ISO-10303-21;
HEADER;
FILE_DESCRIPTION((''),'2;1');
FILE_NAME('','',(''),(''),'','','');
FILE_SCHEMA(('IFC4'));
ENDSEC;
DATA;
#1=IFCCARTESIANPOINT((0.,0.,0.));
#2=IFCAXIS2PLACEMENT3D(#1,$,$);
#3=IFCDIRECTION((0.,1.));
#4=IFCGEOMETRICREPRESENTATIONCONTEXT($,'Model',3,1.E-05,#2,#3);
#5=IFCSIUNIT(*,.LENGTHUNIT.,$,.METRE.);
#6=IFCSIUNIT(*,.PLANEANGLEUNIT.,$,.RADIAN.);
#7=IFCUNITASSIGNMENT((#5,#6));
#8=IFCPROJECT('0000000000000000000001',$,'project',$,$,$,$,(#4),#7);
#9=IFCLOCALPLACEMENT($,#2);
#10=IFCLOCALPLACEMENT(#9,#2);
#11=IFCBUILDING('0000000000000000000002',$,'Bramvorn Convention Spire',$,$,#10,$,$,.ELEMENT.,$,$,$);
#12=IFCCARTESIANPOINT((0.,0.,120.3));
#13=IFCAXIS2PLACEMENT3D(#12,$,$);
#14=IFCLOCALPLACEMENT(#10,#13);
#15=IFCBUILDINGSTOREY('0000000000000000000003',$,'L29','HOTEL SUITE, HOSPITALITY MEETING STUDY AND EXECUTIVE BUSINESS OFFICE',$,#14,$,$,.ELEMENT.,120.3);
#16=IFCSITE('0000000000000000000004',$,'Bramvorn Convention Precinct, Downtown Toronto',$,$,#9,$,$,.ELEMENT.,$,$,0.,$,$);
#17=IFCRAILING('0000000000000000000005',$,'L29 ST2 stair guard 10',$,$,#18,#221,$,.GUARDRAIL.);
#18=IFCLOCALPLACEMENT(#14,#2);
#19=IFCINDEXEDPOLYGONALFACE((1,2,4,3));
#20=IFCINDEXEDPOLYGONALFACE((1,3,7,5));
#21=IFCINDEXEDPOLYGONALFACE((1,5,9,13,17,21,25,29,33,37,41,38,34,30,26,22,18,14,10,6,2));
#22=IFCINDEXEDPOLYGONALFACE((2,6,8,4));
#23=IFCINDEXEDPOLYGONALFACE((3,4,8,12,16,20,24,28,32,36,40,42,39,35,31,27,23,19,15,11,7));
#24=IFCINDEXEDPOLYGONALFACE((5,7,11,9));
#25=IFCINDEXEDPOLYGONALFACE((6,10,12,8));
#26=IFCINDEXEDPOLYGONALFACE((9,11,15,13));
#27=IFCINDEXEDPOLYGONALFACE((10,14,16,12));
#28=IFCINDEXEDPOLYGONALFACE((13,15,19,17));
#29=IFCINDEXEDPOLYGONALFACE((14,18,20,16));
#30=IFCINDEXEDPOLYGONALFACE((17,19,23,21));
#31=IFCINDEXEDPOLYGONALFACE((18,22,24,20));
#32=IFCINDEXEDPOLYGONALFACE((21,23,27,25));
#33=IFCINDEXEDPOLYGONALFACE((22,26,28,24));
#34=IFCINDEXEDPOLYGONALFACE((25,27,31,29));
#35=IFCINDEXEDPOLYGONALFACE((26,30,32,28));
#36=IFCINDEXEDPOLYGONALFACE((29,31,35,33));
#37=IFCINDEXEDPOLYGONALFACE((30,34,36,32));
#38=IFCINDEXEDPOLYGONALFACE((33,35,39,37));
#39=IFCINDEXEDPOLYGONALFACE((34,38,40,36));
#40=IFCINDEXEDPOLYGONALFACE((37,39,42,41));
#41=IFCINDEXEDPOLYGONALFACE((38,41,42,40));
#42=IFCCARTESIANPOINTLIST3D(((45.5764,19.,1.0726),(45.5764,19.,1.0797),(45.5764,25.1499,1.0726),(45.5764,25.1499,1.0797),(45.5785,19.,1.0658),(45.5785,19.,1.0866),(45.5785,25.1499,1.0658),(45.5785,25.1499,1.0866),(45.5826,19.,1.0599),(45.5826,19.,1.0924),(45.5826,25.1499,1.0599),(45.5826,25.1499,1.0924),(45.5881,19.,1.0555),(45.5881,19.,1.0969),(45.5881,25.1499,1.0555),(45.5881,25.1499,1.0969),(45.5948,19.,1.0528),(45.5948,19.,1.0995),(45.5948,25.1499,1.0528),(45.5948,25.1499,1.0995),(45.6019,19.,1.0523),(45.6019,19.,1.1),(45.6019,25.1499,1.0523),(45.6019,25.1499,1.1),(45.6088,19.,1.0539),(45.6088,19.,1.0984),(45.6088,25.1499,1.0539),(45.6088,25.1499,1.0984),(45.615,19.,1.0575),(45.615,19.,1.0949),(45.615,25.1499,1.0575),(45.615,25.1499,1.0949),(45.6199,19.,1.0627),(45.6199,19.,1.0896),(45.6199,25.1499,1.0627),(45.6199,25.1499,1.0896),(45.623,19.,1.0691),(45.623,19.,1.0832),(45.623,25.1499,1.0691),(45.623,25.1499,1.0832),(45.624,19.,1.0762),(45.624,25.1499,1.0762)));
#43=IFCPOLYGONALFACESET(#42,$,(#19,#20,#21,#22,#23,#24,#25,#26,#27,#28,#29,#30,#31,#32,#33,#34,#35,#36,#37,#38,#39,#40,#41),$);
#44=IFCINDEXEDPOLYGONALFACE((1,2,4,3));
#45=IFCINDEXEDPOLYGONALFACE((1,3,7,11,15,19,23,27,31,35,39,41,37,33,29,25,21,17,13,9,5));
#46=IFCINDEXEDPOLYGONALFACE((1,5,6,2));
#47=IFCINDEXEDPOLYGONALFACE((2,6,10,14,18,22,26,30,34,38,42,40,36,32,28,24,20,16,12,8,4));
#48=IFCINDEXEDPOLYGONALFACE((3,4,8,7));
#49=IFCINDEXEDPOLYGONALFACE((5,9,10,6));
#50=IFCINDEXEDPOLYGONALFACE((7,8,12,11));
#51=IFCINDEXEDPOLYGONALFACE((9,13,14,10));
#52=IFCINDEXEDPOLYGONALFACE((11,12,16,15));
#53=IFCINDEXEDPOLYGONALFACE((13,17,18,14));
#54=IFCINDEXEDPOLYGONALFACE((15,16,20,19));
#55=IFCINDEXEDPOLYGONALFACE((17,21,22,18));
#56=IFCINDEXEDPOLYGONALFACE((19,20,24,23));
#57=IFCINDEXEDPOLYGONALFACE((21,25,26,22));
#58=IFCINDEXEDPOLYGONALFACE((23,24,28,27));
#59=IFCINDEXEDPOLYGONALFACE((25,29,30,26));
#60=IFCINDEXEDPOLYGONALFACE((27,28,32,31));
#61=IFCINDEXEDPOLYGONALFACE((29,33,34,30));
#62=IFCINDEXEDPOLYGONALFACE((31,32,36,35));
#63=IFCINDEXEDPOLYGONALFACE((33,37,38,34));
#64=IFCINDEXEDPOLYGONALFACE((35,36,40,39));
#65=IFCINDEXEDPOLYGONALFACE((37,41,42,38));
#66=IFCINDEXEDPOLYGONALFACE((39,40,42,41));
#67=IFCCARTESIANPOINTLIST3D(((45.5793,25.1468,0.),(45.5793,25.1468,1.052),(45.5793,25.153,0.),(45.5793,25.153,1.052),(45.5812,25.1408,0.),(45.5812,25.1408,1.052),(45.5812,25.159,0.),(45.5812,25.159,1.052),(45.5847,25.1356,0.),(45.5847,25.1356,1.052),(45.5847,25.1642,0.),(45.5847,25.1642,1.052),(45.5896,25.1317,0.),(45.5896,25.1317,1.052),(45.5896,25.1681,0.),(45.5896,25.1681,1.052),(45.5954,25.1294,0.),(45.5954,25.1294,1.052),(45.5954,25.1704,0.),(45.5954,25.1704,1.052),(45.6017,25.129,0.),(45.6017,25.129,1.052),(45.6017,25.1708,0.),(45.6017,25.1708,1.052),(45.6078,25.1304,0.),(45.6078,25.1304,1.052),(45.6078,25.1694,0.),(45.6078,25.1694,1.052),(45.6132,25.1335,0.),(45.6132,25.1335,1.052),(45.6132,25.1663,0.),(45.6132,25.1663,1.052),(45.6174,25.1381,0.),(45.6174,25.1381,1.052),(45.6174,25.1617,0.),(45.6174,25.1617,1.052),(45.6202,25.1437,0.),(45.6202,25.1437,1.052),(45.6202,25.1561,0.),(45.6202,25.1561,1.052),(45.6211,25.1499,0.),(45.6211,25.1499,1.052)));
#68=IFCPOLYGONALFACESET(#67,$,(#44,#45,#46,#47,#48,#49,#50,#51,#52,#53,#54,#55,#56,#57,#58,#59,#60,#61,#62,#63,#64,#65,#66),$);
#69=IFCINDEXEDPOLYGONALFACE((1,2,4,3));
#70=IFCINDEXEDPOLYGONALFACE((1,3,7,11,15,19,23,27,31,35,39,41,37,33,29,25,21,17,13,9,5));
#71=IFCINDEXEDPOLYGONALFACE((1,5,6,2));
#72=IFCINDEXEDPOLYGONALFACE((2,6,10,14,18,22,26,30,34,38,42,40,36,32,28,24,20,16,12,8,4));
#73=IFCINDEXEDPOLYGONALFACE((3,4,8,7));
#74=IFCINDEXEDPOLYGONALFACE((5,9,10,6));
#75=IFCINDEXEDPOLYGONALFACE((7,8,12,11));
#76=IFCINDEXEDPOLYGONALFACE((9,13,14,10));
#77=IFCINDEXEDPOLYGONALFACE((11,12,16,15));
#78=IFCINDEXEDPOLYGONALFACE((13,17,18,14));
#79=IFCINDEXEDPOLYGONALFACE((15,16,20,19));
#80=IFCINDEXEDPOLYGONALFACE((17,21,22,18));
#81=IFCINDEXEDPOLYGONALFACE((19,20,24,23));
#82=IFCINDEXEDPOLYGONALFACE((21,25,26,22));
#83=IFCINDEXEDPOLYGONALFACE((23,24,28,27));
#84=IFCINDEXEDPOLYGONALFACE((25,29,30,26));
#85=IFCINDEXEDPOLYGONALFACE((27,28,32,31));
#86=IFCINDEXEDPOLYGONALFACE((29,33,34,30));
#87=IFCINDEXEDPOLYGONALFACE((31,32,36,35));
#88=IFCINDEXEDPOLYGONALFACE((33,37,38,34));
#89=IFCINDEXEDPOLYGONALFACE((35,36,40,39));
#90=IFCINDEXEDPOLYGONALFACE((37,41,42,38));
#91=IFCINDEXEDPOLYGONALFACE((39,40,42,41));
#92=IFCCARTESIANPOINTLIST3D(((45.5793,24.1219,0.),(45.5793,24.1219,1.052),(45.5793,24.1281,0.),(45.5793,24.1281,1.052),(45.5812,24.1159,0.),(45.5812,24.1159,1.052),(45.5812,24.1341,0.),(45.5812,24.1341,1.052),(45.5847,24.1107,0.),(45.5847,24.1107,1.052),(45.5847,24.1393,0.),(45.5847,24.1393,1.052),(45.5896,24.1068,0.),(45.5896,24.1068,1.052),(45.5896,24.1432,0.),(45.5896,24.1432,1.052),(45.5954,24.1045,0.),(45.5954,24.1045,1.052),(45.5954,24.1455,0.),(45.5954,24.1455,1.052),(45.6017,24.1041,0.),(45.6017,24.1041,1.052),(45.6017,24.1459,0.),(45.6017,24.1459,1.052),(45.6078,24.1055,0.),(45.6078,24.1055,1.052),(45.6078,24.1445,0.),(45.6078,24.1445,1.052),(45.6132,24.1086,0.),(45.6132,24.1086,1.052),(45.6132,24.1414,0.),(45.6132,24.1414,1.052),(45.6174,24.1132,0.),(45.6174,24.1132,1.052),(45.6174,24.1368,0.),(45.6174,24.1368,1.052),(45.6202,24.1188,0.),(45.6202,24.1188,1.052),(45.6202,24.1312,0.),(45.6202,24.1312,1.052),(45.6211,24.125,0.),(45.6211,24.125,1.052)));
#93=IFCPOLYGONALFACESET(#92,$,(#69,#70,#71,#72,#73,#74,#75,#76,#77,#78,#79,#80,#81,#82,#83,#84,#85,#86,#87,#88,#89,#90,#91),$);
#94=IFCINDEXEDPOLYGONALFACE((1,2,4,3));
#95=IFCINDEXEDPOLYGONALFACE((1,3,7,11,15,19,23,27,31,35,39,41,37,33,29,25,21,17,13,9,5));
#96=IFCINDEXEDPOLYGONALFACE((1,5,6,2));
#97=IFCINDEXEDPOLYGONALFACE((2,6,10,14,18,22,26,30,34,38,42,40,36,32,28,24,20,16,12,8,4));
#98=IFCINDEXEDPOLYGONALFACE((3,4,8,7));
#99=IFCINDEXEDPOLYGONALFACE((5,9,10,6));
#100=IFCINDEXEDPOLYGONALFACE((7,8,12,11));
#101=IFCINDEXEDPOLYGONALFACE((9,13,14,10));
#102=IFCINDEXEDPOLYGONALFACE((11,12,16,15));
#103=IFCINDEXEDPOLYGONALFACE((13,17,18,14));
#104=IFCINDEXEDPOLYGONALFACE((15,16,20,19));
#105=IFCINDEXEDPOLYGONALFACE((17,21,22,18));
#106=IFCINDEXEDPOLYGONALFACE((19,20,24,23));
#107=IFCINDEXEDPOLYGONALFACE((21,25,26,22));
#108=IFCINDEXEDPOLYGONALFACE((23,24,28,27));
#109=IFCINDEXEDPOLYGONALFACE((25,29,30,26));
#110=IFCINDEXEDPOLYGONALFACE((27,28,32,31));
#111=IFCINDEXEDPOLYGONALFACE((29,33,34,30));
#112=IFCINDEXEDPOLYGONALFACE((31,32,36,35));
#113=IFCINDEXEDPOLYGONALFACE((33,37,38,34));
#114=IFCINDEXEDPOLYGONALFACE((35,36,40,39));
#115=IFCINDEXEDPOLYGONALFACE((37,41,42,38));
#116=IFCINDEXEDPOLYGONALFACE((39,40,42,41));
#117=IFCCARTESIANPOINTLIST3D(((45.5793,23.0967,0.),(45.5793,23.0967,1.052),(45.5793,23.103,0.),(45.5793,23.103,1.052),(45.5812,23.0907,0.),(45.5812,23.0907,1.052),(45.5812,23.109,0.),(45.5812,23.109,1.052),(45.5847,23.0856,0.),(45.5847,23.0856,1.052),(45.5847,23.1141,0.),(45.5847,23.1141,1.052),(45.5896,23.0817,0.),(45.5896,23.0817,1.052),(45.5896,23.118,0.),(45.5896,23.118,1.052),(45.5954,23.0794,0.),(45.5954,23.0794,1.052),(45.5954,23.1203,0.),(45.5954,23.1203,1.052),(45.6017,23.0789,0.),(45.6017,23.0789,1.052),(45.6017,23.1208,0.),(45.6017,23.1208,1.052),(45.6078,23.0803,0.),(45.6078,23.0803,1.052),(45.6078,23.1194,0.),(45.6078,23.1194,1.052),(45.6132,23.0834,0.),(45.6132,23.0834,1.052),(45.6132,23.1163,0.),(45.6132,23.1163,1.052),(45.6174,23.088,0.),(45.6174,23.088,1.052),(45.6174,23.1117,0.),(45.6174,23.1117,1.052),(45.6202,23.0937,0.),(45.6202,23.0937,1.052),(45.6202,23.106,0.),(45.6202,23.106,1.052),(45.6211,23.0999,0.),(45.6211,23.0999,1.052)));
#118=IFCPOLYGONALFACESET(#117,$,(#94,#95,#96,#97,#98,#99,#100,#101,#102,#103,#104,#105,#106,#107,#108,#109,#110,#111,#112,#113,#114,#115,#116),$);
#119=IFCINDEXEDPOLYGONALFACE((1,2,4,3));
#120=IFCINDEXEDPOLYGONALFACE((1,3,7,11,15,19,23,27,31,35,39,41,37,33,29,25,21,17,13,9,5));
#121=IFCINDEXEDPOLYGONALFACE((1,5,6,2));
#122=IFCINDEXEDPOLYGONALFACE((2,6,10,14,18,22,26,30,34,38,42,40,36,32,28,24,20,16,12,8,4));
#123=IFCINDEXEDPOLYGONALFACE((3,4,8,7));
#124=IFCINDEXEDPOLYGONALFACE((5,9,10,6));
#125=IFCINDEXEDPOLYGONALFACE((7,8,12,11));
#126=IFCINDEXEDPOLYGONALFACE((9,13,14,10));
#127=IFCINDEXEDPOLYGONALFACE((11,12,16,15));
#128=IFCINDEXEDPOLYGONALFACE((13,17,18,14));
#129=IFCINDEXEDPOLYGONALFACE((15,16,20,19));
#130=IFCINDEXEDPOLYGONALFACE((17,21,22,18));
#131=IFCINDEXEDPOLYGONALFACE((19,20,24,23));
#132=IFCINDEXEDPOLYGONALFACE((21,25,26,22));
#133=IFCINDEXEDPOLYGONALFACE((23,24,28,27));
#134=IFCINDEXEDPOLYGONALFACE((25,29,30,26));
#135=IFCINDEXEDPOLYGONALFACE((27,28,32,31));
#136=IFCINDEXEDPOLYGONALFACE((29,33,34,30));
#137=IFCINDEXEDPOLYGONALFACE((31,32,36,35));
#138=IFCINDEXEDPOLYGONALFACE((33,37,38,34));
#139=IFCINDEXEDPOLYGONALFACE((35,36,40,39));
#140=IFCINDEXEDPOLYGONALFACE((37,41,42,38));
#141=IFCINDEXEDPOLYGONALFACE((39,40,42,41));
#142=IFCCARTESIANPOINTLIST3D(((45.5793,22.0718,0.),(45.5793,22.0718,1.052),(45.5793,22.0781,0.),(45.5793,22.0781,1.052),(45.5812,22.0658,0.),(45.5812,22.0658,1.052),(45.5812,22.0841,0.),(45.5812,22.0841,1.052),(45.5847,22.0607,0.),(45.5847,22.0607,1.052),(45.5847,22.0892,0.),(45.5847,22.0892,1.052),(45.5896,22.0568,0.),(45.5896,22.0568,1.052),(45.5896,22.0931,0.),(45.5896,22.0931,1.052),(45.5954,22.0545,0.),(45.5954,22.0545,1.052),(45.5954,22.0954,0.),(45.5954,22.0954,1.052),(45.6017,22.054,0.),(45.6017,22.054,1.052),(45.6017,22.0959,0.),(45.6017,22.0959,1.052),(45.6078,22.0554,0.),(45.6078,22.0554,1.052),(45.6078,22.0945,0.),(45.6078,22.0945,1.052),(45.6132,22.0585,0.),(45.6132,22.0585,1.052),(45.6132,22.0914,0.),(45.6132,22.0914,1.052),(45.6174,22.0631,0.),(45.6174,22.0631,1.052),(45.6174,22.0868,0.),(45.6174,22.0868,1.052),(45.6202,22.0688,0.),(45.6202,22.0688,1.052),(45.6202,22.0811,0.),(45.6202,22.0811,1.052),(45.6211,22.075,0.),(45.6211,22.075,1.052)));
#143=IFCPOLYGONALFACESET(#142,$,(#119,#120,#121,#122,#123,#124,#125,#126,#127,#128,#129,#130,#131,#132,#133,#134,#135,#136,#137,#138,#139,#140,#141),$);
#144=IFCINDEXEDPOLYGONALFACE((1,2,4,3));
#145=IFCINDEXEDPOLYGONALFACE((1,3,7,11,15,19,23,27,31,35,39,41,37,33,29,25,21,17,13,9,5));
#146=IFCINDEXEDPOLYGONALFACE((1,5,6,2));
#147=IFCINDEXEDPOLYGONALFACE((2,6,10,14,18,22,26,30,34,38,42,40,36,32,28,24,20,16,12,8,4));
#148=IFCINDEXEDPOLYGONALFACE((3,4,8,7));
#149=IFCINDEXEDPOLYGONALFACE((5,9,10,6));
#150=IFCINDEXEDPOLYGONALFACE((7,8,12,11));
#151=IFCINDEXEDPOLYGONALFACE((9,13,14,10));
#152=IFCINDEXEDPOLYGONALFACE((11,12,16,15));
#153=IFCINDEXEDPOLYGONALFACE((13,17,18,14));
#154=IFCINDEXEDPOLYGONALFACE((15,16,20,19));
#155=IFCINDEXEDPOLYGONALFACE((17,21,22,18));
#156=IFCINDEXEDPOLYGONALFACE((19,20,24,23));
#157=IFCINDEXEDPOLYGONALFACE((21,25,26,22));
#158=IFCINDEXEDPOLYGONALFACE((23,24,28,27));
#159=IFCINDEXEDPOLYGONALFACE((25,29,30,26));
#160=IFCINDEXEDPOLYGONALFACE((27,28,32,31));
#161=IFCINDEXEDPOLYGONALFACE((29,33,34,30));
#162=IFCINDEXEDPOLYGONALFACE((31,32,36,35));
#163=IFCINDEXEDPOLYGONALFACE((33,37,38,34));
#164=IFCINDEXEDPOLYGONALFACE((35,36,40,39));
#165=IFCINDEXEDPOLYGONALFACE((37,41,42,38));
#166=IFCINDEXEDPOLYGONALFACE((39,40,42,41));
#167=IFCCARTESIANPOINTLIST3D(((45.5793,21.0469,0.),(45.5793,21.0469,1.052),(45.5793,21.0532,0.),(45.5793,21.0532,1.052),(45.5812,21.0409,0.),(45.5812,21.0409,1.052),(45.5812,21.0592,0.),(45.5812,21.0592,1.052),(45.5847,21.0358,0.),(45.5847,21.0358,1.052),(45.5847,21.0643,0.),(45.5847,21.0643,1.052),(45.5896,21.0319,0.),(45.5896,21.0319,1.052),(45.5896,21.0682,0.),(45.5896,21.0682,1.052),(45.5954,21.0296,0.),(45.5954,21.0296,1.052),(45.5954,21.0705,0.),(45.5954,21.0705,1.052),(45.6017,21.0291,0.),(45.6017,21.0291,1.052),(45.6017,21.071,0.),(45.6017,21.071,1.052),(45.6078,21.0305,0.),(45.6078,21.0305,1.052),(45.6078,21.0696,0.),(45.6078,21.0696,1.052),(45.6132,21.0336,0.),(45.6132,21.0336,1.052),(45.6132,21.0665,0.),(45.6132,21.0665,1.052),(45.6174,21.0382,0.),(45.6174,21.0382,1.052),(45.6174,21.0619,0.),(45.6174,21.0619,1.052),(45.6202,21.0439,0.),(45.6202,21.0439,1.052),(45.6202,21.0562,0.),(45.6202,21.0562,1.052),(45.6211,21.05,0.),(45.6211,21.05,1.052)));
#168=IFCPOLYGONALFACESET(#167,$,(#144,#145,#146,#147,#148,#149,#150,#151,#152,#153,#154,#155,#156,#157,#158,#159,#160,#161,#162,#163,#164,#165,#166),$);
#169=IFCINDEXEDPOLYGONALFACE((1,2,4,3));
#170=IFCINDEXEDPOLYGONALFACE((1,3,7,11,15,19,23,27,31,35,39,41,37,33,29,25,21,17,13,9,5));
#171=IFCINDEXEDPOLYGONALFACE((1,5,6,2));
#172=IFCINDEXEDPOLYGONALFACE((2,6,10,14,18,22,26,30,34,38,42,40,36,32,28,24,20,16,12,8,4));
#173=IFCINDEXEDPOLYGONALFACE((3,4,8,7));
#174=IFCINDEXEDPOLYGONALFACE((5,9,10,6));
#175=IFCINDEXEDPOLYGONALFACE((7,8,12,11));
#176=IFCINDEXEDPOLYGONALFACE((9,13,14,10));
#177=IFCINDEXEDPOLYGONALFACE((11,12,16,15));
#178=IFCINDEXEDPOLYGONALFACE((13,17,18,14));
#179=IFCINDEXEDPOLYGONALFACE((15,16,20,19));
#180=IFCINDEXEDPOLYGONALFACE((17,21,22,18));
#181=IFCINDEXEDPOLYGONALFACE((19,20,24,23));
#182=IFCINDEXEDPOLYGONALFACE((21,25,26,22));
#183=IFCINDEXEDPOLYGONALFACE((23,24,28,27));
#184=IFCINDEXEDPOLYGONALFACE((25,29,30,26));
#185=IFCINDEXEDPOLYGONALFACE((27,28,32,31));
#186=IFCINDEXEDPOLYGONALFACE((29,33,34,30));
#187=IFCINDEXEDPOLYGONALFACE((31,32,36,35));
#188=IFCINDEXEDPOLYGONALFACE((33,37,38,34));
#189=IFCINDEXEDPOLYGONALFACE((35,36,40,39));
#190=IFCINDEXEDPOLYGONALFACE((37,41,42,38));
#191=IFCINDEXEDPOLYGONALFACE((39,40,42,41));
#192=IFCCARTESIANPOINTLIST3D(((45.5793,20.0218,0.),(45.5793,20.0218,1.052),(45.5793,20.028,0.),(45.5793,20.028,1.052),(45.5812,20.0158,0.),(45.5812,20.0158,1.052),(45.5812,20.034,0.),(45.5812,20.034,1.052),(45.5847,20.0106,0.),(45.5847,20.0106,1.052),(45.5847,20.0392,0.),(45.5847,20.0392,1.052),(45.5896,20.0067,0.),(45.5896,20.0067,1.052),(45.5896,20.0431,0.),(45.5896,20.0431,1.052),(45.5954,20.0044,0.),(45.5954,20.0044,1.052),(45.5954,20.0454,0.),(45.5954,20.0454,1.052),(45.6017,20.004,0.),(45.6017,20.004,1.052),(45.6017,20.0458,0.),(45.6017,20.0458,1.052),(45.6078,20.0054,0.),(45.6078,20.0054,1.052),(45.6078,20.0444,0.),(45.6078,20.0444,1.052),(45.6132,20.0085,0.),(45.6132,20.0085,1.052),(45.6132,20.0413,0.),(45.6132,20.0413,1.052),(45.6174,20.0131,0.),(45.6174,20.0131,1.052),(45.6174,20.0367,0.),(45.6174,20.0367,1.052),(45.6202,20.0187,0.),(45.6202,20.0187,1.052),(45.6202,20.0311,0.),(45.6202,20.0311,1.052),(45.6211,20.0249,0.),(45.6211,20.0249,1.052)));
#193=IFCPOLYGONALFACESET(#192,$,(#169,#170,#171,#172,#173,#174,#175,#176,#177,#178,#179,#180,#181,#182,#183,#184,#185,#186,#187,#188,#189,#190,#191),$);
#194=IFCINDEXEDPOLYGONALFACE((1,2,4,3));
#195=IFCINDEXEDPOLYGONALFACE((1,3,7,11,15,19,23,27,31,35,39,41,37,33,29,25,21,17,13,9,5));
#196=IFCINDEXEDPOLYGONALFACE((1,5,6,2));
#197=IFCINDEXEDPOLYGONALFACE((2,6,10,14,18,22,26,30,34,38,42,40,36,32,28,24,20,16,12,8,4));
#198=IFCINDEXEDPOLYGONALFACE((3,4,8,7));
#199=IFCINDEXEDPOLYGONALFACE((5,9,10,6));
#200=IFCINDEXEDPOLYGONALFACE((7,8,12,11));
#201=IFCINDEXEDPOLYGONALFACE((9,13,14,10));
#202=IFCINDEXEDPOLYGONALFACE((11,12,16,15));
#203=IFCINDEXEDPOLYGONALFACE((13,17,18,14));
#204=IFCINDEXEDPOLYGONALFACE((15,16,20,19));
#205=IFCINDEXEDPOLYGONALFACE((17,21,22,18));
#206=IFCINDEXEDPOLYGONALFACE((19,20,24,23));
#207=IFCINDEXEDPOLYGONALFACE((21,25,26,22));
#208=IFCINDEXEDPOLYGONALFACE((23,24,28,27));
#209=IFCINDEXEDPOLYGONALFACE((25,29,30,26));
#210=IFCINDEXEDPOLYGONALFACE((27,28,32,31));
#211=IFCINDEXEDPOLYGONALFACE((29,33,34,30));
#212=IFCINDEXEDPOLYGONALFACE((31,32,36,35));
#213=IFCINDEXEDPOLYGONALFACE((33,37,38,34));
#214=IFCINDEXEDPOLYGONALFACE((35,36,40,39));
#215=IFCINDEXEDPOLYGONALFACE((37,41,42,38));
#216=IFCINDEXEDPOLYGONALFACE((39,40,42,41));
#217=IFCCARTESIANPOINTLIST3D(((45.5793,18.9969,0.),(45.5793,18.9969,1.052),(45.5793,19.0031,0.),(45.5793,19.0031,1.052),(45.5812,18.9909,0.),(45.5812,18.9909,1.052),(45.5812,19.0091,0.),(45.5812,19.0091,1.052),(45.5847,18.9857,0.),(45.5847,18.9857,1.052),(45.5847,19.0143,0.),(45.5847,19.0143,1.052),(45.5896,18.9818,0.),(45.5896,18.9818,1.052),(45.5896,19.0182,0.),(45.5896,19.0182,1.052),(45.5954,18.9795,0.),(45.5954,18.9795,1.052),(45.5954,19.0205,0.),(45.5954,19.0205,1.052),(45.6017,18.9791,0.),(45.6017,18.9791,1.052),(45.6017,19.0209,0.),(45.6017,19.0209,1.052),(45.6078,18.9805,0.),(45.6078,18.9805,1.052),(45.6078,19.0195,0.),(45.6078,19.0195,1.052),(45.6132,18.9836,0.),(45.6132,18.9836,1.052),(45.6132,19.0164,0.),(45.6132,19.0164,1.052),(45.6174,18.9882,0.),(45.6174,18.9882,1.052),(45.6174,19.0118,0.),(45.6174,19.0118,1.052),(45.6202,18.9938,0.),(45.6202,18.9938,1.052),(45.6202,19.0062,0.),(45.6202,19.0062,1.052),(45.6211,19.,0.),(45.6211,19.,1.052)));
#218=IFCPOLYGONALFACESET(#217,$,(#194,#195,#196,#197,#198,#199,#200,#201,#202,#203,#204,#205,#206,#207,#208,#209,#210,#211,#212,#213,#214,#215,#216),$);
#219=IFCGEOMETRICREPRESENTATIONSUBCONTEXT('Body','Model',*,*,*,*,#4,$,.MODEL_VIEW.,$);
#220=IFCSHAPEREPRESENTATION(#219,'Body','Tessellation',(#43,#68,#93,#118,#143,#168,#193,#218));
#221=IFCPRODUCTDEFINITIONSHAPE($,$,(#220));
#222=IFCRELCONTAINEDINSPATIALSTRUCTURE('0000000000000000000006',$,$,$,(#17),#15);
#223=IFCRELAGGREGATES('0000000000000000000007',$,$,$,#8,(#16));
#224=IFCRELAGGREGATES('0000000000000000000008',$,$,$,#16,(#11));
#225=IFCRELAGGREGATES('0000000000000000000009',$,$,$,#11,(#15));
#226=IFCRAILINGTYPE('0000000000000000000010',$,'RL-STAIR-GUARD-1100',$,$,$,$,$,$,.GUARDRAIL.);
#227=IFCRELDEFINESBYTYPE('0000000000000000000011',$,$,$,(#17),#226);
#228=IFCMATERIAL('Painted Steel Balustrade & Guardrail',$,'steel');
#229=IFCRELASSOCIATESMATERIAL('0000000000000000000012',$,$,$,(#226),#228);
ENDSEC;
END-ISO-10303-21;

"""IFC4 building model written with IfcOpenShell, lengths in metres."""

from ifc_helpers import new_model, si_unit, direction, frame, origin, origin_2d, place, context, subcontext, project, spatial, circle, extrude, material, type_object, element, save


model = new_model("IFC4")

# Units and contexts
model_context = context("Model", 3, precision=1e-05, world=origin(), true_north=direction((0.0, 1.0)))
body_context = subcontext(model_context, "Body", "Model", "MODEL_VIEW")
ifc_project = project(units=[si_unit("LENGTHUNIT", "METRE"), si_unit("PLANEANGLEUNIT", "RADIAN")], contexts=[model_context])

# Site, building, storey
site_placement = place(None, origin())
site = spatial("IfcSite", under=ifc_project, at=site_placement, Name="Bramvorn Convention Precinct, Downtown Toronto", CompositionType="ELEMENT", RefElevation=0.0)
building_placement = place(site_placement, origin())
building = spatial("IfcBuilding", under=site, at=building_placement, Name="Bramvorn Convention Spire", CompositionType="ELEMENT")
storey_placement = place(building_placement, frame((0.0, 0.0, 120.3)))
storey = spatial("IfcBuildingStorey", under=building, at=storey_placement, Name="L29", Description="HOTEL SUITE, HOSPITALITY MEETING STUDY AND EXECUTIVE BUSINESS OFFICE", CompositionType="ELEMENT", Elevation=120.3)

# Railing
ifc_material_1 = material(Name="Painted Steel Balustrade & Guardrail", Category="steel")
railing_type_1 = type_object("IfcRailingType", Name="RL-STAIR-GUARD-1100", PredefinedType="GUARDRAIL", material=ifc_material_1)
railing_1_placement = place(storey_placement, frame((45.6001, 25.1499, 0.0)))
element("IfcRailing", 1, at=railing_1_placement, inside=storey, type_object=railing_type_1, Name="L29 ST2 stair guard 10", PredefinedType="GUARDRAIL", context=body_context, shape_type="SweptSolid", body=[
    extrude(circle(Radius=0.0239, at=origin_2d()), frame((0.0, 0.0, 1.0762), z_axis=(0.0, -1.0, 0.0), x_axis=(1.0, 0.0, 0.0)), (0.0, 0.0, 1.0), 6.1499),
    extrude(circle(Radius=0.021, at=origin_2d()), origin(), (0.0, 0.0, 1.0), 1.052),
    extrude(circle(Radius=0.021, at=origin_2d()), frame((0.0, -1.0249, 0.0)), (0.0, 0.0, 1.0), 1.052),
    extrude(circle(Radius=0.021, at=origin_2d()), frame((0.0, -2.05, 0.0)), (0.0, 0.0, 1.0), 1.052),
    extrude(circle(Radius=0.021, at=origin_2d()), frame((0.0, -3.075, 0.0)), (0.0, 0.0, 1.0), 1.052),
    extrude(circle(Radius=0.021, at=origin_2d()), frame((0.0, -4.0999, 0.0)), (0.0, 0.0, 1.0), 1.052),
    extrude(circle(Radius=0.021, at=origin_2d()), frame((0.0, -5.125, 0.0)), (0.0, 0.0, 1.0), 1.052),
    extrude(circle(Radius=0.021, at=origin_2d()), frame((0.0, -6.1499, 0.0)), (0.0, 0.0, 1.0), 1.052),
])

save(model, "model.ifc")
